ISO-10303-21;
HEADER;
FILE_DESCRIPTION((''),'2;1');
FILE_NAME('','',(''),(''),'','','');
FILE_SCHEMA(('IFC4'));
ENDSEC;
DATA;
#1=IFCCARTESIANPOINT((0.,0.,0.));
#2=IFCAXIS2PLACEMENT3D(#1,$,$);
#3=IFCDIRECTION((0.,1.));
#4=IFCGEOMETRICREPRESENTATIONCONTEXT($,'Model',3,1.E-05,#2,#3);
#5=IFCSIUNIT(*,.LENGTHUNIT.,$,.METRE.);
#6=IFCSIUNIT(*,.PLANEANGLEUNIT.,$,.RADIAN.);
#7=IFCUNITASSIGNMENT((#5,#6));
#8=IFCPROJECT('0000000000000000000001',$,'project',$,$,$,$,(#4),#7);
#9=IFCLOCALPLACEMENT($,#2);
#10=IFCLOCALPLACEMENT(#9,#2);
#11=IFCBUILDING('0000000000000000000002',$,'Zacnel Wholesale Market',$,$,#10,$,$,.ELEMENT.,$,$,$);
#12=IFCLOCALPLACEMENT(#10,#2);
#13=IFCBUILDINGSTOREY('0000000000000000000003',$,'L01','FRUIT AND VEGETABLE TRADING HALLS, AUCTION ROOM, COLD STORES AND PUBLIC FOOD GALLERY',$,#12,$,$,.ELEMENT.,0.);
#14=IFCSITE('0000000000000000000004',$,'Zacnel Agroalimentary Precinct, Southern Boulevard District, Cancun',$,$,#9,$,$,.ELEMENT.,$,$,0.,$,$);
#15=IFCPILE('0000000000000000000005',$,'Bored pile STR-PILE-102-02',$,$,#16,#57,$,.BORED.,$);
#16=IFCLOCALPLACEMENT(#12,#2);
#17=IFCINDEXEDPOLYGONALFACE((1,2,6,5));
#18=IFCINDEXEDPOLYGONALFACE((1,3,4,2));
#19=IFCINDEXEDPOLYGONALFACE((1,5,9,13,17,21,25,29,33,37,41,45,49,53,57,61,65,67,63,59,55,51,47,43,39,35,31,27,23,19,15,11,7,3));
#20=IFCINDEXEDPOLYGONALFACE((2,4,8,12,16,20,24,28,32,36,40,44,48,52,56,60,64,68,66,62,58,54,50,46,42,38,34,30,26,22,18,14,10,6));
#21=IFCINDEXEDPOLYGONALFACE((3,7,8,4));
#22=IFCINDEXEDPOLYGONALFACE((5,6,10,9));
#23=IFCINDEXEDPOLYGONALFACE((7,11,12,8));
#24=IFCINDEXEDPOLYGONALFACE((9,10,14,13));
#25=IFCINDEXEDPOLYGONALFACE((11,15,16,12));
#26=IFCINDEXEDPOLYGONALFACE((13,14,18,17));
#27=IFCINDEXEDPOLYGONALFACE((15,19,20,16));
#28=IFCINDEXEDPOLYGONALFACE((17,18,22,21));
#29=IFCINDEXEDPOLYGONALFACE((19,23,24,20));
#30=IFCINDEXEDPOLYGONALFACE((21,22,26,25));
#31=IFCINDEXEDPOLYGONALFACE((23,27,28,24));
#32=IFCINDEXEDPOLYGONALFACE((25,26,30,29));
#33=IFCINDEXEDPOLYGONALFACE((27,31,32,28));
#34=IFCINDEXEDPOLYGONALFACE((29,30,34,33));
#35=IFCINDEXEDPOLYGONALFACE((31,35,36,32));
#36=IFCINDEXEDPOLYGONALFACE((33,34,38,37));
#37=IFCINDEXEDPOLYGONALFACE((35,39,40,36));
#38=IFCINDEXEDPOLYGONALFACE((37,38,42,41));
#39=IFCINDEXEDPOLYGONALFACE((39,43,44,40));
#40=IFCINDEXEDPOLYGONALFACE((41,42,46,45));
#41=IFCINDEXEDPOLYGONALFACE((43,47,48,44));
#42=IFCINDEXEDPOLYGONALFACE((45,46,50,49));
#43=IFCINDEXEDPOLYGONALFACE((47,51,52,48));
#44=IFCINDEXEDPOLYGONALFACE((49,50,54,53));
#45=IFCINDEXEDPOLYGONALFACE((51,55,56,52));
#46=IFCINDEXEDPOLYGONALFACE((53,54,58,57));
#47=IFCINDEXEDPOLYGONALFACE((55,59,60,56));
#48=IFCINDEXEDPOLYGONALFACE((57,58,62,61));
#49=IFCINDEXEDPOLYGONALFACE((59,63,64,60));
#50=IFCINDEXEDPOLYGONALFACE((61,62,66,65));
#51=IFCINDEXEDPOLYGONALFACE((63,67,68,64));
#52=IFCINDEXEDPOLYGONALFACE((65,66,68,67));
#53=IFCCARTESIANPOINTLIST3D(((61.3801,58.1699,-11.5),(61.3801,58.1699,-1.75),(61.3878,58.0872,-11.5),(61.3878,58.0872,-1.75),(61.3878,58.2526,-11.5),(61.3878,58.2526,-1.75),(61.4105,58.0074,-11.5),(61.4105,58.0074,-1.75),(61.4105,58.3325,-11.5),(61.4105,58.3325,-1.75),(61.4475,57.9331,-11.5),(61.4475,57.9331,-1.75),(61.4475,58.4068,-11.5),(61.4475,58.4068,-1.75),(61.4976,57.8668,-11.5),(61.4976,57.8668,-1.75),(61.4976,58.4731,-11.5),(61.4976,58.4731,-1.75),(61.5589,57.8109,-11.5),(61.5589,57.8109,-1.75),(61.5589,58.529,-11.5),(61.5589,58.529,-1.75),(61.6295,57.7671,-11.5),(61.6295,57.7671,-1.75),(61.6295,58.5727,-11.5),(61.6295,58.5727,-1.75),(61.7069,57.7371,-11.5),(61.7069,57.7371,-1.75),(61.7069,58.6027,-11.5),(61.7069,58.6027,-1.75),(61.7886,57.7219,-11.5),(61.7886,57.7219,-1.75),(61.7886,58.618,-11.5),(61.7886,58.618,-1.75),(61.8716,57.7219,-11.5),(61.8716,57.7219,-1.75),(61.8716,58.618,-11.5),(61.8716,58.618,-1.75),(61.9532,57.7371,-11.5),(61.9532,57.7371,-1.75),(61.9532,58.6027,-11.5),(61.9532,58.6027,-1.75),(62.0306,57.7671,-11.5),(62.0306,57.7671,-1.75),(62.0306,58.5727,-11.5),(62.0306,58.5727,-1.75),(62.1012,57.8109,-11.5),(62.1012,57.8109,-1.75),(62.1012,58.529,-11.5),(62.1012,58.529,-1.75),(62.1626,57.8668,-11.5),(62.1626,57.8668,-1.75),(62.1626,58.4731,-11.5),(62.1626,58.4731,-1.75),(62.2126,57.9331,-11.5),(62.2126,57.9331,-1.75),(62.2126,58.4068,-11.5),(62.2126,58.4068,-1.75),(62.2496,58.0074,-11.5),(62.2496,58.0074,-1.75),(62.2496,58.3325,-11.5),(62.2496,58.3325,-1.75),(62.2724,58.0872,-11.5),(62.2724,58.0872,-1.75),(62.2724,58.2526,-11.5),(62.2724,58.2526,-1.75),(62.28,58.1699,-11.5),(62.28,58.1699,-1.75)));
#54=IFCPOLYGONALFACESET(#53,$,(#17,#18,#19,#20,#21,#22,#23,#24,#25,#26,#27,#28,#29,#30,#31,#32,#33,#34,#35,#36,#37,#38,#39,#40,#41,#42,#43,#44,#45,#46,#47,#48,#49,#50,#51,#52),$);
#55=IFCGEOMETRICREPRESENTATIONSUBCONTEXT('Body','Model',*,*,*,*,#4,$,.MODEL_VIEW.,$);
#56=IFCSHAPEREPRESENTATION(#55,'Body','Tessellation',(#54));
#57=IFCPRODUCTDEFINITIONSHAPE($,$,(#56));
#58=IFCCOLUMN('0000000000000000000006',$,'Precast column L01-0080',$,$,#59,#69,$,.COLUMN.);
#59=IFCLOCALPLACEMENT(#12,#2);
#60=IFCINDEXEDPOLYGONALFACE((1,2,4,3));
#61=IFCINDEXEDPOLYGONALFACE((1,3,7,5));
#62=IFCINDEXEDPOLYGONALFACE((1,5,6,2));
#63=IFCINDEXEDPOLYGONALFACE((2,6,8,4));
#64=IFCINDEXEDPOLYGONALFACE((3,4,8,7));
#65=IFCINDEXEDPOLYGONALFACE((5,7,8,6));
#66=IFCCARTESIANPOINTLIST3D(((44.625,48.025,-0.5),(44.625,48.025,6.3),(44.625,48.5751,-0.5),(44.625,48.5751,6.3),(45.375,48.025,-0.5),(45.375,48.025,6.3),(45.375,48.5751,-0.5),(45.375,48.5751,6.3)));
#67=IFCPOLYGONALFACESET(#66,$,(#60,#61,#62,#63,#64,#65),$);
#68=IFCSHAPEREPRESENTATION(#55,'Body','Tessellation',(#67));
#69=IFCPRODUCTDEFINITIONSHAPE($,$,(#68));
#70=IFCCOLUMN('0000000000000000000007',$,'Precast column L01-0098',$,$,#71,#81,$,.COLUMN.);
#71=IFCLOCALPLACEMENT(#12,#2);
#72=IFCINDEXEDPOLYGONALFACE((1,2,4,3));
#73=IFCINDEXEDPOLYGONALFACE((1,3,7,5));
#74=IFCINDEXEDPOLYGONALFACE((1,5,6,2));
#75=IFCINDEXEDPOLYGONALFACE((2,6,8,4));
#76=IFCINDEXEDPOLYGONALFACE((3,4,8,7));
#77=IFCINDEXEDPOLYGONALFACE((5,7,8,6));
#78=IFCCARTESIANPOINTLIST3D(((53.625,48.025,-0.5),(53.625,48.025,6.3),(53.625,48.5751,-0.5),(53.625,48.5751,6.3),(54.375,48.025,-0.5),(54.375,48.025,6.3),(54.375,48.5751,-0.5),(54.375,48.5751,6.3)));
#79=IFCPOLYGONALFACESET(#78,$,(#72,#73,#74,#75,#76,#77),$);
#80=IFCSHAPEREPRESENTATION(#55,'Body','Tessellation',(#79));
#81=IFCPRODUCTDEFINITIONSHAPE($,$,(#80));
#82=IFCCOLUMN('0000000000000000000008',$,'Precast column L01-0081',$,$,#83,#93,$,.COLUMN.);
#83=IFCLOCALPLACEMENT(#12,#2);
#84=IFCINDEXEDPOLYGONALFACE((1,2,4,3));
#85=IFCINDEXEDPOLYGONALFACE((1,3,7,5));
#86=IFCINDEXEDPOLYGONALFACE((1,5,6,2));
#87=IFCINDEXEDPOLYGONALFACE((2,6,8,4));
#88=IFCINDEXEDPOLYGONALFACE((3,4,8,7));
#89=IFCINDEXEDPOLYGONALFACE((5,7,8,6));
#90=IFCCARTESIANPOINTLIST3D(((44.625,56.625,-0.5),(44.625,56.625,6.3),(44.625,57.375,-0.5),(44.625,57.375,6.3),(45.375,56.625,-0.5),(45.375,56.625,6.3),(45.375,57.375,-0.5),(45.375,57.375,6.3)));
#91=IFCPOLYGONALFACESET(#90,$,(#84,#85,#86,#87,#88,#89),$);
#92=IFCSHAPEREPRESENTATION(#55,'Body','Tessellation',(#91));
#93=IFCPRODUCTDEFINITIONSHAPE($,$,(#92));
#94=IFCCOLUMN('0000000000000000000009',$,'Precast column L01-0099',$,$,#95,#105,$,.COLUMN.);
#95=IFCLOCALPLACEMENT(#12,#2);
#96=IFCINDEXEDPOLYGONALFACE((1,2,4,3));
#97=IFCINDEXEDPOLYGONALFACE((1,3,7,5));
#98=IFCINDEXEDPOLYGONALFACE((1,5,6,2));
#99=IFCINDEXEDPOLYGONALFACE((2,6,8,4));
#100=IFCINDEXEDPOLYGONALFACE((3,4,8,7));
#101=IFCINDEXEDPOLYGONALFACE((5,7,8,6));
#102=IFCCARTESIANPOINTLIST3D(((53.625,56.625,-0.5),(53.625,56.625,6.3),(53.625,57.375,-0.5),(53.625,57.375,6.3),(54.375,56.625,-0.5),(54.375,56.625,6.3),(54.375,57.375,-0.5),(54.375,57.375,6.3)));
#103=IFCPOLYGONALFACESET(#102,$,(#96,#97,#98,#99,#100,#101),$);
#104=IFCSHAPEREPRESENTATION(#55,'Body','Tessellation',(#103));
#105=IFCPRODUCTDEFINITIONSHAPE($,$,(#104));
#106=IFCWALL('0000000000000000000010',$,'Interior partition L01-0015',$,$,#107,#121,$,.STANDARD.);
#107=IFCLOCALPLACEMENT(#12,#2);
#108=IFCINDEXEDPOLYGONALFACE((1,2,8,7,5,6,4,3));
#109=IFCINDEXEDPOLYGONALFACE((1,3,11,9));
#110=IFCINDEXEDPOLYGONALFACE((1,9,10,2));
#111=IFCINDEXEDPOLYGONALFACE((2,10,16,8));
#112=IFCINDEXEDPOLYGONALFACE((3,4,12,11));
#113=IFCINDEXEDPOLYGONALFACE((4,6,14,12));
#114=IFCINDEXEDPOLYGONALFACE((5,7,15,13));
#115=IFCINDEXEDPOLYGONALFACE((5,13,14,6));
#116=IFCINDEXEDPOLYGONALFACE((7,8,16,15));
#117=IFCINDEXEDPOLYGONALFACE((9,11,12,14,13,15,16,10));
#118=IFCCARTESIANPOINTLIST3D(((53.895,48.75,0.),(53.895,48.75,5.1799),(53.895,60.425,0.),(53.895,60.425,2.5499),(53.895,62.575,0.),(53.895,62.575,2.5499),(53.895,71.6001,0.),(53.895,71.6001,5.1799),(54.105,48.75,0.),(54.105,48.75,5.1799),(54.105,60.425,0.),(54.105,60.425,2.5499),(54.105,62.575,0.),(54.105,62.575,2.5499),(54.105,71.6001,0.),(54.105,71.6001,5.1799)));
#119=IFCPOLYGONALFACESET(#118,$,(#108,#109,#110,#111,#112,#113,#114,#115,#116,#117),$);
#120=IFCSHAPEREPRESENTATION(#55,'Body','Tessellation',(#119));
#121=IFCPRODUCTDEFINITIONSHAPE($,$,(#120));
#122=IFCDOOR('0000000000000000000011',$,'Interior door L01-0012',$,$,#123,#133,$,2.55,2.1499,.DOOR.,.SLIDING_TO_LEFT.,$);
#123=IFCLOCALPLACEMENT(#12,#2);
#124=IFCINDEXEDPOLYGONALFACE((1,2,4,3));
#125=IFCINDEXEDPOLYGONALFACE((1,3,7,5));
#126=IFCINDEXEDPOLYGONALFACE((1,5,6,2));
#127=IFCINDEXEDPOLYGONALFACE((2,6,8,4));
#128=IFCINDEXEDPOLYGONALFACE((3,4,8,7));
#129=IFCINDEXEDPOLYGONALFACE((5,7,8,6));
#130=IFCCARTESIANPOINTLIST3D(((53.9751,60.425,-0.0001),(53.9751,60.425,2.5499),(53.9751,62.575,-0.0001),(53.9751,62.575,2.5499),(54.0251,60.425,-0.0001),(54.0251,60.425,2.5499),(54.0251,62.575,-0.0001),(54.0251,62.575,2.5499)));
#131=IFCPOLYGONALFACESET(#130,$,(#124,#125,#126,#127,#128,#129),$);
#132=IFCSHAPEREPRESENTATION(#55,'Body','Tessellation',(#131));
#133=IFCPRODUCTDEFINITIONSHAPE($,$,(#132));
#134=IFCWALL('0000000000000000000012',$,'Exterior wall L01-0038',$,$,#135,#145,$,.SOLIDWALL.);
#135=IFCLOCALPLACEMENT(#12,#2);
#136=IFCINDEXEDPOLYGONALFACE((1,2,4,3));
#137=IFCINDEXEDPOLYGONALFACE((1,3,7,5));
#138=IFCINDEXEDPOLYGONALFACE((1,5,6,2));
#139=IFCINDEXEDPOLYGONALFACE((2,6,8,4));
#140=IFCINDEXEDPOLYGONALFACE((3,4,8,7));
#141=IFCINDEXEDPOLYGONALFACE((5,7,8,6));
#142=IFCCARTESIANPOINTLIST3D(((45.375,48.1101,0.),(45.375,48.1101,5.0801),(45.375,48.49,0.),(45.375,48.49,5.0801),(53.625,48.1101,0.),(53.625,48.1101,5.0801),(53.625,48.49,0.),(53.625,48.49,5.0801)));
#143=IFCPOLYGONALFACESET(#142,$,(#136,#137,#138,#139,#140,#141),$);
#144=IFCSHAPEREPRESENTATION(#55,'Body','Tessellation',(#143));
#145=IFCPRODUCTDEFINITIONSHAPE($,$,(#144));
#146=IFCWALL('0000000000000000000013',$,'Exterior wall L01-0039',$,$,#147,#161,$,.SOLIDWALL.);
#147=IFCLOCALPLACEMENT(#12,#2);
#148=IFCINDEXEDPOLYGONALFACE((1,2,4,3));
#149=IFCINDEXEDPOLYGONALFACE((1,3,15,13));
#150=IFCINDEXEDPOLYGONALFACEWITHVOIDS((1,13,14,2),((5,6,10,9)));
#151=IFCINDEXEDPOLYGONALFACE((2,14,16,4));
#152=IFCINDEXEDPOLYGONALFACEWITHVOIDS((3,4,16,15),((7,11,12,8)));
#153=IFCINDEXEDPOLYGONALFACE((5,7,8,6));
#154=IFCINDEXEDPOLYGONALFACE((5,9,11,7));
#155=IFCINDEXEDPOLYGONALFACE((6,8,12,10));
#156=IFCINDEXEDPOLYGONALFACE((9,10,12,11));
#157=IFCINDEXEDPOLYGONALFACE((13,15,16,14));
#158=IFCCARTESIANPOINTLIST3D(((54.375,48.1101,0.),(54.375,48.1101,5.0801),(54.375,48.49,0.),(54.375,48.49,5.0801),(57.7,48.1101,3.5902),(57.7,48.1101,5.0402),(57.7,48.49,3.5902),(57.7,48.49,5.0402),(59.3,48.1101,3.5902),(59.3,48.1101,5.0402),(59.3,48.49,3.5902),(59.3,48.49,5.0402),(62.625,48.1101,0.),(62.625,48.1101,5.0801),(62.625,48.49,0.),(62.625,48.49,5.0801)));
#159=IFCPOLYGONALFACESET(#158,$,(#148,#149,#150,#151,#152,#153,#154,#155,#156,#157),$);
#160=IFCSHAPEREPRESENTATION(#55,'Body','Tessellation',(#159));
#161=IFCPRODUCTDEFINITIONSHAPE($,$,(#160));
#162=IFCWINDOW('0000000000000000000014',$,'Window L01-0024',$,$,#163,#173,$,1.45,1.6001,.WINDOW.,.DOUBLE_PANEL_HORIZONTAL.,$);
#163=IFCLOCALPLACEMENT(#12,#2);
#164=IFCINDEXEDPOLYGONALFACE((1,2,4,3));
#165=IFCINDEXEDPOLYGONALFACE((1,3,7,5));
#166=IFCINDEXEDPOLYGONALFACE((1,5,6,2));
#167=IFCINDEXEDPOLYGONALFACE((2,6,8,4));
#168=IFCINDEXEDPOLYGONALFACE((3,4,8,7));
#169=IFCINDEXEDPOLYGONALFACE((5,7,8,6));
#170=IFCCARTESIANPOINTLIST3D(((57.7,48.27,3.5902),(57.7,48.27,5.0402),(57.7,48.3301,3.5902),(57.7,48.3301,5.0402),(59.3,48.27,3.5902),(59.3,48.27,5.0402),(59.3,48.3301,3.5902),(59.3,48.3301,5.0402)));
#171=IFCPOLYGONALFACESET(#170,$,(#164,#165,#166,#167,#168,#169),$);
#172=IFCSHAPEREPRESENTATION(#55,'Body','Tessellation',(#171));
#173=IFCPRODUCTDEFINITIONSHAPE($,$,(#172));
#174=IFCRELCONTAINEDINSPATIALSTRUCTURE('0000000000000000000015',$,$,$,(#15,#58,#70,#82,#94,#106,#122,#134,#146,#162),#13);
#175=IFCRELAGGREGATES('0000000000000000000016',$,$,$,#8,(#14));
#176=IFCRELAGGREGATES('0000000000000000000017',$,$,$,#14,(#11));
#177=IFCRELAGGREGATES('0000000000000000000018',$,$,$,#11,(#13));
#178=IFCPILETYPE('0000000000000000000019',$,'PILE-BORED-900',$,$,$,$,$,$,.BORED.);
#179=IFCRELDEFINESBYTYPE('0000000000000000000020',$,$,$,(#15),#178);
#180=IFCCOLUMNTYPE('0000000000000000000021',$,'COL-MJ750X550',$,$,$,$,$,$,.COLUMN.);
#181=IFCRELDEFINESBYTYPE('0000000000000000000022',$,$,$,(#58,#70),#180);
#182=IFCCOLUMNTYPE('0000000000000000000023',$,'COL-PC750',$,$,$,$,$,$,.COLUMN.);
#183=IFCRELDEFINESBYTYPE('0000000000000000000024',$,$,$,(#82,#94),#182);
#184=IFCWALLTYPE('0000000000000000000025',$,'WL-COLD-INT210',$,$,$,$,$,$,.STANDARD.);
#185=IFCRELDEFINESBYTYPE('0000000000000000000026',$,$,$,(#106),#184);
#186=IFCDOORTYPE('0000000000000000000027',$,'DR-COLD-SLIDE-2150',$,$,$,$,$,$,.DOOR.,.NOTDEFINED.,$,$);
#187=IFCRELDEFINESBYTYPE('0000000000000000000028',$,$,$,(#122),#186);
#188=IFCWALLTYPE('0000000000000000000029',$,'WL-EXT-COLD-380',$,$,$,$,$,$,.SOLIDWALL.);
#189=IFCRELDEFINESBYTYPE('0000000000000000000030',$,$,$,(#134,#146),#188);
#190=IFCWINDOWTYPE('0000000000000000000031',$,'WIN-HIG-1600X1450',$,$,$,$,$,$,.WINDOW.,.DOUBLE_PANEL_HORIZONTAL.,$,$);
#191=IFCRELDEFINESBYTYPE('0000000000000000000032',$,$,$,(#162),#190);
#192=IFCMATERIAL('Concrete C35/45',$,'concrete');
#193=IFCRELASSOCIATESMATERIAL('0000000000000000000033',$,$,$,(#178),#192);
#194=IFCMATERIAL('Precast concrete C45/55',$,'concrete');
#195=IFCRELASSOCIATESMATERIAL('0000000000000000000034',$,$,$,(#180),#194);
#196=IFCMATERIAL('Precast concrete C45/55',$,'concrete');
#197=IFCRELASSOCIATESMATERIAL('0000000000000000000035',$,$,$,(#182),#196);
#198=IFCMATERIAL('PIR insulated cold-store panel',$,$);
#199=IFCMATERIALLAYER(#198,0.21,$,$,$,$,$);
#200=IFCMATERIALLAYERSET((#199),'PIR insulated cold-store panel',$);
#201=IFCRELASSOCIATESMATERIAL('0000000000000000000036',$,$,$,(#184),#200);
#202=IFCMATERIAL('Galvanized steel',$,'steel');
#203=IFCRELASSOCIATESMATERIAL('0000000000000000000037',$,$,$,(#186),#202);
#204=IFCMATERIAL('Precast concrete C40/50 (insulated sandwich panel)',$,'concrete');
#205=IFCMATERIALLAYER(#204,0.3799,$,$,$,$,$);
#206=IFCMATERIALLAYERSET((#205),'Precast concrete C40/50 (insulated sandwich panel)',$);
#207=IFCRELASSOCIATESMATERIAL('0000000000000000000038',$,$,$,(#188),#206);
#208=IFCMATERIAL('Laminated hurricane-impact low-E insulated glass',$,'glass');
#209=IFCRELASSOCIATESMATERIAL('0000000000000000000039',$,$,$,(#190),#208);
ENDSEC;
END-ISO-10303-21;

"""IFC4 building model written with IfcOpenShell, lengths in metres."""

from ifc_helpers import new_model, si_unit, direction, frame, frame_2d, origin, origin_2d, place, context, subcontext, project, spatial, rectangle, circle, extrude, material, layer, layer_set, material_profile, profile_set, type_object, element, fill, save


model = new_model("IFC4")

# Units and contexts
model_context = context("Model", 3, precision=1e-05, world=origin(), true_north=direction((0.0, 1.0)))
body_context = subcontext(model_context, "Body", "Model", "MODEL_VIEW")
ifc_project = project(units=[si_unit("LENGTHUNIT", "METRE"), si_unit("PLANEANGLEUNIT", "RADIAN")], contexts=[model_context])

# Site, building, storey
site_placement = place(None, origin())
site = spatial("IfcSite", under=ifc_project, at=site_placement, Name="Zacnel Agroalimentary Precinct, Southern Boulevard District, Cancun", CompositionType="ELEMENT", RefElevation=0.0)
building_placement = place(site_placement, origin())
building = spatial("IfcBuilding", under=site, at=building_placement, Name="Zacnel Wholesale Market", CompositionType="ELEMENT")
storey_placement = place(building_placement, origin())
storey = spatial("IfcBuildingStorey", under=building, at=storey_placement, Name="L01", Description="FRUIT AND VEGETABLE TRADING HALLS, AUCTION ROOM, COLD STORES AND PUBLIC FOOD GALLERY", CompositionType="ELEMENT", Elevation=0.0)

# Pile
ifc_material_1 = material(Name="Concrete C35/45", Category="concrete")
ifc_material_profile_1 = material_profile(ifc_material_1, circle(Radius=0.45, at=origin_2d()), Name="BORED PILE D900")
ifc_profile_set_1 = profile_set([ifc_material_profile_1], Name="Concrete C35/45")
pile_type = type_object("IfcPileType", Name="PILE-BORED-900", PredefinedType="BORED", material=ifc_profile_set_1)
for number, where, z_axis, x_axis, name in (
    (1, (61.8301, 58.1699, -1.75), (0.0, 0.0, -1.0), (1.0, 0.0, 0.0), "Bored pile STR-PILE-102-02"),
):
    element("IfcPile", number, at=place(storey_placement, frame(where, z_axis=z_axis, x_axis=x_axis)), inside=storey, type_object=pile_type, Name=name, PredefinedType="BORED", context=body_context, shape_type="SweptSolid", body=[
        extrude(circle(Radius=0.45, at=origin_2d()), origin(), (0.0, 0.0, 1.0), 9.75),
    ])

# Columns
ifc_material_2 = material(Name="Precast concrete C45/55", Category="concrete")
ifc_material_profile_2 = material_profile(ifc_material_2, rectangle(XDim=0.75, YDim=0.55, at=origin_2d()), Name="PC 750x550")
ifc_profile_set_2 = profile_set([ifc_material_profile_2], Name="Precast concrete C45/55")
column_type_1 = type_object("IfcColumnType", Name="COL-MJ750X550", PredefinedType="COLUMN", material=ifc_profile_set_2)
for number, where, z_axis, x_axis, name in (
    (2, (45.0, 48.3, -0.5), (0.0, 0.0, 1.0), (1.0, 0.0, 0.0), "Precast column L01-0080"),
    (3, (54.0, 48.3, -0.5), (0.0, 0.0, 1.0), (1.0, 0.0, 0.0), "Precast column L01-0098"),
):
    element("IfcColumn", number, at=place(storey_placement, frame(where, z_axis=z_axis, x_axis=x_axis)), inside=storey, type_object=column_type_1, Name=name, PredefinedType="COLUMN", context=body_context, shape_type="SweptSolid", body=[
        extrude(rectangle(XDim=0.75, YDim=0.55, at=origin_2d()), origin(), (0.0, 0.0, 1.0), 6.8),
    ])
ifc_material_3 = material(Name="Precast concrete C45/55", Category="concrete")
ifc_material_profile_3 = material_profile(ifc_material_3, rectangle(XDim=0.75, YDim=0.75, at=origin_2d()), Name="PC 750x750")
ifc_profile_set_3 = profile_set([ifc_material_profile_3], Name="Precast concrete C45/55")
column_type_2 = type_object("IfcColumnType", Name="COL-PC750", PredefinedType="COLUMN", material=ifc_profile_set_3)
for number, where, z_axis, x_axis, name in (
    (4, (45.0, 57.0, -0.5), (0.0, 0.0, 1.0), (1.0, 0.0, 0.0), "Precast column L01-0081"),
    (5, (54.0, 57.0, -0.5), (0.0, 0.0, 1.0), (1.0, 0.0, 0.0), "Precast column L01-0099"),
):
    element("IfcColumn", number, at=place(storey_placement, frame(where, z_axis=z_axis, x_axis=x_axis)), inside=storey, type_object=column_type_2, Name=name, PredefinedType="COLUMN", context=body_context, shape_type="SweptSolid", body=[
        extrude(rectangle(XDim=0.75, YDim=0.75, at=origin_2d()), origin(), (0.0, 0.0, 1.0), 6.8),
    ])

# Wall, opening, door
ifc_material_4 = material(Name="PIR insulated cold-store panel")
ifc_layer_1 = layer(ifc_material_4, 0.21)
ifc_layer_set_1 = layer_set([ifc_layer_1], Name="PIR insulated cold-store panel")
wall_type_1 = type_object("IfcWallType", Name="WL-COLD-INT210", PredefinedType="STANDARD", material=ifc_layer_set_1)
wall_1_placement = place(storey_placement, frame((54.0, 48.75, 0.0), z_axis=(0.0, 0.0, 1.0), x_axis=(0.0, 1.0, 0.0)))
wall_1 = element("IfcWall", 6, at=wall_1_placement, inside=storey, type_object=wall_type_1, Name="Interior partition L01-0015", PredefinedType="STANDARD", context=body_context, shape_type="SweptSolid", body=[
    extrude(rectangle(XDim=22.8501, YDim=0.21, at=frame_2d((11.425, 0.0))), origin(), (0.0, 0.0, 1.0), 5.1799),
])
opening_1_placement = place(wall_1_placement, frame((11.675, 0.0, 0.0)))
opening_1 = element("IfcOpeningElement", 7, at=opening_1_placement, cuts=wall_1, PredefinedType="OPENING", context=body_context, shape_type="SweptSolid", body=[
    extrude(rectangle(XDim=2.1499, YDim=2.55, at=frame_2d((1.075, 1.2749))), frame((0.0, 0.115, 0.0), z_axis=(0.0, -1.0, 0.0), x_axis=(1.0, 0.0, 0.0)), (0.0, 0.0, 1.0), 0.23),
])
ifc_material_5 = material(Name="Galvanized steel", Category="steel")
door_type_1 = type_object("IfcDoorType", Name="DR-COLD-SLIDE-2150", OperationType="NOTDEFINED", PredefinedType="DOOR", material=ifc_material_5)
door_1_placement = place(opening_1_placement, origin())
door_1 = element("IfcDoor", 8, at=door_1_placement, inside=storey, type_object=door_type_1, Name="Interior door L01-0012", OperationType="SLIDING_TO_LEFT", OverallHeight=2.55, OverallWidth=2.1499, PredefinedType="DOOR", context=body_context, shape_type="SweptSolid", body=[
    extrude(rectangle(XDim=2.1499, YDim=2.55, at=frame_2d((1.075, 1.2749))), frame((0.0, 0.0249, 0.0), z_axis=(0.0, -1.0, 0.0), x_axis=(1.0, 0.0, 0.0)), (0.0, 0.0, 1.0), 0.05),
])
fill(opening_1, door_1)

# Wall
ifc_material_6 = material(Name="Precast concrete C40/50 (insulated sandwich panel)", Category="concrete")
ifc_layer_2 = layer(ifc_material_6, 0.3799)
ifc_layer_set_2 = layer_set([ifc_layer_2], Name="Precast concrete C40/50 (insulated sandwich panel)")
wall_type_2 = type_object("IfcWallType", Name="WL-EXT-COLD-380", PredefinedType="SOLIDWALL", material=ifc_layer_set_2)
wall_2_placement = place(storey_placement, frame((45.375, 48.3, 0.0), z_axis=(0.0, 0.0, 1.0), x_axis=(1.0, 0.0, 0.0)))
element("IfcWall", 9, at=wall_2_placement, inside=storey, type_object=wall_type_2, Name="Exterior wall L01-0038", PredefinedType="SOLIDWALL", context=body_context, shape_type="SweptSolid", body=[
    extrude(rectangle(XDim=8.25, YDim=0.3799, at=frame_2d((4.125, 0.0))), origin(), (0.0, 0.0, 1.0), 5.0801),
])

# Wall, opening, window
wall_3_placement = place(storey_placement, frame((54.375, 48.3, 0.0), z_axis=(0.0, 0.0, 1.0), x_axis=(1.0, 0.0, 0.0)))
wall_3 = element("IfcWall", 10, at=wall_3_placement, inside=storey, type_object=wall_type_2, Name="Exterior wall L01-0039", PredefinedType="SOLIDWALL", context=body_context, shape_type="SweptSolid", body=[
    extrude(rectangle(XDim=8.25, YDim=0.3799, at=frame_2d((4.125, 0.0))), origin(), (0.0, 0.0, 1.0), 5.0801),
])
opening_2_placement = place(wall_3_placement, frame((3.325, 0.0, 3.5901)))
opening_2 = element("IfcOpeningElement", 11, at=opening_2_placement, cuts=wall_3, PredefinedType="OPENING", context=body_context, shape_type="SweptSolid", body=[
    extrude(rectangle(XDim=1.6001, YDim=1.45, at=frame_2d((0.8, 0.7251))), frame((0.0, 0.2, 0.0), z_axis=(0.0, -1.0, 0.0), x_axis=(1.0, 0.0, 0.0)), (0.0, 0.0, 1.0), 0.3999),
])
ifc_material_7 = material(Name="Laminated hurricane-impact low-E insulated glass", Category="glass")
window_type = type_object("IfcWindowType", Name="WIN-HIG-1600X1450", PartitioningType="DOUBLE_PANEL_HORIZONTAL", PredefinedType="WINDOW", material=ifc_material_7)
window_placement = place(opening_2_placement, origin())
window = element("IfcWindow", 12, at=window_placement, inside=storey, type_object=window_type, Name="Window L01-0024", OverallHeight=1.45, OverallWidth=1.6001, PartitioningType="DOUBLE_PANEL_HORIZONTAL", PredefinedType="WINDOW", context=body_context, shape_type="SweptSolid", body=[
    extrude(rectangle(XDim=1.6001, YDim=1.45, at=frame_2d((0.8, 0.7251))), frame((0.0, 0.03, 0.0), z_axis=(0.0, -1.0, 0.0), x_axis=(1.0, 0.0, 0.0)), (0.0, 0.0, 1.0), 0.0601),
])
fill(opening_2, window)

save(model, "model.ifc")
